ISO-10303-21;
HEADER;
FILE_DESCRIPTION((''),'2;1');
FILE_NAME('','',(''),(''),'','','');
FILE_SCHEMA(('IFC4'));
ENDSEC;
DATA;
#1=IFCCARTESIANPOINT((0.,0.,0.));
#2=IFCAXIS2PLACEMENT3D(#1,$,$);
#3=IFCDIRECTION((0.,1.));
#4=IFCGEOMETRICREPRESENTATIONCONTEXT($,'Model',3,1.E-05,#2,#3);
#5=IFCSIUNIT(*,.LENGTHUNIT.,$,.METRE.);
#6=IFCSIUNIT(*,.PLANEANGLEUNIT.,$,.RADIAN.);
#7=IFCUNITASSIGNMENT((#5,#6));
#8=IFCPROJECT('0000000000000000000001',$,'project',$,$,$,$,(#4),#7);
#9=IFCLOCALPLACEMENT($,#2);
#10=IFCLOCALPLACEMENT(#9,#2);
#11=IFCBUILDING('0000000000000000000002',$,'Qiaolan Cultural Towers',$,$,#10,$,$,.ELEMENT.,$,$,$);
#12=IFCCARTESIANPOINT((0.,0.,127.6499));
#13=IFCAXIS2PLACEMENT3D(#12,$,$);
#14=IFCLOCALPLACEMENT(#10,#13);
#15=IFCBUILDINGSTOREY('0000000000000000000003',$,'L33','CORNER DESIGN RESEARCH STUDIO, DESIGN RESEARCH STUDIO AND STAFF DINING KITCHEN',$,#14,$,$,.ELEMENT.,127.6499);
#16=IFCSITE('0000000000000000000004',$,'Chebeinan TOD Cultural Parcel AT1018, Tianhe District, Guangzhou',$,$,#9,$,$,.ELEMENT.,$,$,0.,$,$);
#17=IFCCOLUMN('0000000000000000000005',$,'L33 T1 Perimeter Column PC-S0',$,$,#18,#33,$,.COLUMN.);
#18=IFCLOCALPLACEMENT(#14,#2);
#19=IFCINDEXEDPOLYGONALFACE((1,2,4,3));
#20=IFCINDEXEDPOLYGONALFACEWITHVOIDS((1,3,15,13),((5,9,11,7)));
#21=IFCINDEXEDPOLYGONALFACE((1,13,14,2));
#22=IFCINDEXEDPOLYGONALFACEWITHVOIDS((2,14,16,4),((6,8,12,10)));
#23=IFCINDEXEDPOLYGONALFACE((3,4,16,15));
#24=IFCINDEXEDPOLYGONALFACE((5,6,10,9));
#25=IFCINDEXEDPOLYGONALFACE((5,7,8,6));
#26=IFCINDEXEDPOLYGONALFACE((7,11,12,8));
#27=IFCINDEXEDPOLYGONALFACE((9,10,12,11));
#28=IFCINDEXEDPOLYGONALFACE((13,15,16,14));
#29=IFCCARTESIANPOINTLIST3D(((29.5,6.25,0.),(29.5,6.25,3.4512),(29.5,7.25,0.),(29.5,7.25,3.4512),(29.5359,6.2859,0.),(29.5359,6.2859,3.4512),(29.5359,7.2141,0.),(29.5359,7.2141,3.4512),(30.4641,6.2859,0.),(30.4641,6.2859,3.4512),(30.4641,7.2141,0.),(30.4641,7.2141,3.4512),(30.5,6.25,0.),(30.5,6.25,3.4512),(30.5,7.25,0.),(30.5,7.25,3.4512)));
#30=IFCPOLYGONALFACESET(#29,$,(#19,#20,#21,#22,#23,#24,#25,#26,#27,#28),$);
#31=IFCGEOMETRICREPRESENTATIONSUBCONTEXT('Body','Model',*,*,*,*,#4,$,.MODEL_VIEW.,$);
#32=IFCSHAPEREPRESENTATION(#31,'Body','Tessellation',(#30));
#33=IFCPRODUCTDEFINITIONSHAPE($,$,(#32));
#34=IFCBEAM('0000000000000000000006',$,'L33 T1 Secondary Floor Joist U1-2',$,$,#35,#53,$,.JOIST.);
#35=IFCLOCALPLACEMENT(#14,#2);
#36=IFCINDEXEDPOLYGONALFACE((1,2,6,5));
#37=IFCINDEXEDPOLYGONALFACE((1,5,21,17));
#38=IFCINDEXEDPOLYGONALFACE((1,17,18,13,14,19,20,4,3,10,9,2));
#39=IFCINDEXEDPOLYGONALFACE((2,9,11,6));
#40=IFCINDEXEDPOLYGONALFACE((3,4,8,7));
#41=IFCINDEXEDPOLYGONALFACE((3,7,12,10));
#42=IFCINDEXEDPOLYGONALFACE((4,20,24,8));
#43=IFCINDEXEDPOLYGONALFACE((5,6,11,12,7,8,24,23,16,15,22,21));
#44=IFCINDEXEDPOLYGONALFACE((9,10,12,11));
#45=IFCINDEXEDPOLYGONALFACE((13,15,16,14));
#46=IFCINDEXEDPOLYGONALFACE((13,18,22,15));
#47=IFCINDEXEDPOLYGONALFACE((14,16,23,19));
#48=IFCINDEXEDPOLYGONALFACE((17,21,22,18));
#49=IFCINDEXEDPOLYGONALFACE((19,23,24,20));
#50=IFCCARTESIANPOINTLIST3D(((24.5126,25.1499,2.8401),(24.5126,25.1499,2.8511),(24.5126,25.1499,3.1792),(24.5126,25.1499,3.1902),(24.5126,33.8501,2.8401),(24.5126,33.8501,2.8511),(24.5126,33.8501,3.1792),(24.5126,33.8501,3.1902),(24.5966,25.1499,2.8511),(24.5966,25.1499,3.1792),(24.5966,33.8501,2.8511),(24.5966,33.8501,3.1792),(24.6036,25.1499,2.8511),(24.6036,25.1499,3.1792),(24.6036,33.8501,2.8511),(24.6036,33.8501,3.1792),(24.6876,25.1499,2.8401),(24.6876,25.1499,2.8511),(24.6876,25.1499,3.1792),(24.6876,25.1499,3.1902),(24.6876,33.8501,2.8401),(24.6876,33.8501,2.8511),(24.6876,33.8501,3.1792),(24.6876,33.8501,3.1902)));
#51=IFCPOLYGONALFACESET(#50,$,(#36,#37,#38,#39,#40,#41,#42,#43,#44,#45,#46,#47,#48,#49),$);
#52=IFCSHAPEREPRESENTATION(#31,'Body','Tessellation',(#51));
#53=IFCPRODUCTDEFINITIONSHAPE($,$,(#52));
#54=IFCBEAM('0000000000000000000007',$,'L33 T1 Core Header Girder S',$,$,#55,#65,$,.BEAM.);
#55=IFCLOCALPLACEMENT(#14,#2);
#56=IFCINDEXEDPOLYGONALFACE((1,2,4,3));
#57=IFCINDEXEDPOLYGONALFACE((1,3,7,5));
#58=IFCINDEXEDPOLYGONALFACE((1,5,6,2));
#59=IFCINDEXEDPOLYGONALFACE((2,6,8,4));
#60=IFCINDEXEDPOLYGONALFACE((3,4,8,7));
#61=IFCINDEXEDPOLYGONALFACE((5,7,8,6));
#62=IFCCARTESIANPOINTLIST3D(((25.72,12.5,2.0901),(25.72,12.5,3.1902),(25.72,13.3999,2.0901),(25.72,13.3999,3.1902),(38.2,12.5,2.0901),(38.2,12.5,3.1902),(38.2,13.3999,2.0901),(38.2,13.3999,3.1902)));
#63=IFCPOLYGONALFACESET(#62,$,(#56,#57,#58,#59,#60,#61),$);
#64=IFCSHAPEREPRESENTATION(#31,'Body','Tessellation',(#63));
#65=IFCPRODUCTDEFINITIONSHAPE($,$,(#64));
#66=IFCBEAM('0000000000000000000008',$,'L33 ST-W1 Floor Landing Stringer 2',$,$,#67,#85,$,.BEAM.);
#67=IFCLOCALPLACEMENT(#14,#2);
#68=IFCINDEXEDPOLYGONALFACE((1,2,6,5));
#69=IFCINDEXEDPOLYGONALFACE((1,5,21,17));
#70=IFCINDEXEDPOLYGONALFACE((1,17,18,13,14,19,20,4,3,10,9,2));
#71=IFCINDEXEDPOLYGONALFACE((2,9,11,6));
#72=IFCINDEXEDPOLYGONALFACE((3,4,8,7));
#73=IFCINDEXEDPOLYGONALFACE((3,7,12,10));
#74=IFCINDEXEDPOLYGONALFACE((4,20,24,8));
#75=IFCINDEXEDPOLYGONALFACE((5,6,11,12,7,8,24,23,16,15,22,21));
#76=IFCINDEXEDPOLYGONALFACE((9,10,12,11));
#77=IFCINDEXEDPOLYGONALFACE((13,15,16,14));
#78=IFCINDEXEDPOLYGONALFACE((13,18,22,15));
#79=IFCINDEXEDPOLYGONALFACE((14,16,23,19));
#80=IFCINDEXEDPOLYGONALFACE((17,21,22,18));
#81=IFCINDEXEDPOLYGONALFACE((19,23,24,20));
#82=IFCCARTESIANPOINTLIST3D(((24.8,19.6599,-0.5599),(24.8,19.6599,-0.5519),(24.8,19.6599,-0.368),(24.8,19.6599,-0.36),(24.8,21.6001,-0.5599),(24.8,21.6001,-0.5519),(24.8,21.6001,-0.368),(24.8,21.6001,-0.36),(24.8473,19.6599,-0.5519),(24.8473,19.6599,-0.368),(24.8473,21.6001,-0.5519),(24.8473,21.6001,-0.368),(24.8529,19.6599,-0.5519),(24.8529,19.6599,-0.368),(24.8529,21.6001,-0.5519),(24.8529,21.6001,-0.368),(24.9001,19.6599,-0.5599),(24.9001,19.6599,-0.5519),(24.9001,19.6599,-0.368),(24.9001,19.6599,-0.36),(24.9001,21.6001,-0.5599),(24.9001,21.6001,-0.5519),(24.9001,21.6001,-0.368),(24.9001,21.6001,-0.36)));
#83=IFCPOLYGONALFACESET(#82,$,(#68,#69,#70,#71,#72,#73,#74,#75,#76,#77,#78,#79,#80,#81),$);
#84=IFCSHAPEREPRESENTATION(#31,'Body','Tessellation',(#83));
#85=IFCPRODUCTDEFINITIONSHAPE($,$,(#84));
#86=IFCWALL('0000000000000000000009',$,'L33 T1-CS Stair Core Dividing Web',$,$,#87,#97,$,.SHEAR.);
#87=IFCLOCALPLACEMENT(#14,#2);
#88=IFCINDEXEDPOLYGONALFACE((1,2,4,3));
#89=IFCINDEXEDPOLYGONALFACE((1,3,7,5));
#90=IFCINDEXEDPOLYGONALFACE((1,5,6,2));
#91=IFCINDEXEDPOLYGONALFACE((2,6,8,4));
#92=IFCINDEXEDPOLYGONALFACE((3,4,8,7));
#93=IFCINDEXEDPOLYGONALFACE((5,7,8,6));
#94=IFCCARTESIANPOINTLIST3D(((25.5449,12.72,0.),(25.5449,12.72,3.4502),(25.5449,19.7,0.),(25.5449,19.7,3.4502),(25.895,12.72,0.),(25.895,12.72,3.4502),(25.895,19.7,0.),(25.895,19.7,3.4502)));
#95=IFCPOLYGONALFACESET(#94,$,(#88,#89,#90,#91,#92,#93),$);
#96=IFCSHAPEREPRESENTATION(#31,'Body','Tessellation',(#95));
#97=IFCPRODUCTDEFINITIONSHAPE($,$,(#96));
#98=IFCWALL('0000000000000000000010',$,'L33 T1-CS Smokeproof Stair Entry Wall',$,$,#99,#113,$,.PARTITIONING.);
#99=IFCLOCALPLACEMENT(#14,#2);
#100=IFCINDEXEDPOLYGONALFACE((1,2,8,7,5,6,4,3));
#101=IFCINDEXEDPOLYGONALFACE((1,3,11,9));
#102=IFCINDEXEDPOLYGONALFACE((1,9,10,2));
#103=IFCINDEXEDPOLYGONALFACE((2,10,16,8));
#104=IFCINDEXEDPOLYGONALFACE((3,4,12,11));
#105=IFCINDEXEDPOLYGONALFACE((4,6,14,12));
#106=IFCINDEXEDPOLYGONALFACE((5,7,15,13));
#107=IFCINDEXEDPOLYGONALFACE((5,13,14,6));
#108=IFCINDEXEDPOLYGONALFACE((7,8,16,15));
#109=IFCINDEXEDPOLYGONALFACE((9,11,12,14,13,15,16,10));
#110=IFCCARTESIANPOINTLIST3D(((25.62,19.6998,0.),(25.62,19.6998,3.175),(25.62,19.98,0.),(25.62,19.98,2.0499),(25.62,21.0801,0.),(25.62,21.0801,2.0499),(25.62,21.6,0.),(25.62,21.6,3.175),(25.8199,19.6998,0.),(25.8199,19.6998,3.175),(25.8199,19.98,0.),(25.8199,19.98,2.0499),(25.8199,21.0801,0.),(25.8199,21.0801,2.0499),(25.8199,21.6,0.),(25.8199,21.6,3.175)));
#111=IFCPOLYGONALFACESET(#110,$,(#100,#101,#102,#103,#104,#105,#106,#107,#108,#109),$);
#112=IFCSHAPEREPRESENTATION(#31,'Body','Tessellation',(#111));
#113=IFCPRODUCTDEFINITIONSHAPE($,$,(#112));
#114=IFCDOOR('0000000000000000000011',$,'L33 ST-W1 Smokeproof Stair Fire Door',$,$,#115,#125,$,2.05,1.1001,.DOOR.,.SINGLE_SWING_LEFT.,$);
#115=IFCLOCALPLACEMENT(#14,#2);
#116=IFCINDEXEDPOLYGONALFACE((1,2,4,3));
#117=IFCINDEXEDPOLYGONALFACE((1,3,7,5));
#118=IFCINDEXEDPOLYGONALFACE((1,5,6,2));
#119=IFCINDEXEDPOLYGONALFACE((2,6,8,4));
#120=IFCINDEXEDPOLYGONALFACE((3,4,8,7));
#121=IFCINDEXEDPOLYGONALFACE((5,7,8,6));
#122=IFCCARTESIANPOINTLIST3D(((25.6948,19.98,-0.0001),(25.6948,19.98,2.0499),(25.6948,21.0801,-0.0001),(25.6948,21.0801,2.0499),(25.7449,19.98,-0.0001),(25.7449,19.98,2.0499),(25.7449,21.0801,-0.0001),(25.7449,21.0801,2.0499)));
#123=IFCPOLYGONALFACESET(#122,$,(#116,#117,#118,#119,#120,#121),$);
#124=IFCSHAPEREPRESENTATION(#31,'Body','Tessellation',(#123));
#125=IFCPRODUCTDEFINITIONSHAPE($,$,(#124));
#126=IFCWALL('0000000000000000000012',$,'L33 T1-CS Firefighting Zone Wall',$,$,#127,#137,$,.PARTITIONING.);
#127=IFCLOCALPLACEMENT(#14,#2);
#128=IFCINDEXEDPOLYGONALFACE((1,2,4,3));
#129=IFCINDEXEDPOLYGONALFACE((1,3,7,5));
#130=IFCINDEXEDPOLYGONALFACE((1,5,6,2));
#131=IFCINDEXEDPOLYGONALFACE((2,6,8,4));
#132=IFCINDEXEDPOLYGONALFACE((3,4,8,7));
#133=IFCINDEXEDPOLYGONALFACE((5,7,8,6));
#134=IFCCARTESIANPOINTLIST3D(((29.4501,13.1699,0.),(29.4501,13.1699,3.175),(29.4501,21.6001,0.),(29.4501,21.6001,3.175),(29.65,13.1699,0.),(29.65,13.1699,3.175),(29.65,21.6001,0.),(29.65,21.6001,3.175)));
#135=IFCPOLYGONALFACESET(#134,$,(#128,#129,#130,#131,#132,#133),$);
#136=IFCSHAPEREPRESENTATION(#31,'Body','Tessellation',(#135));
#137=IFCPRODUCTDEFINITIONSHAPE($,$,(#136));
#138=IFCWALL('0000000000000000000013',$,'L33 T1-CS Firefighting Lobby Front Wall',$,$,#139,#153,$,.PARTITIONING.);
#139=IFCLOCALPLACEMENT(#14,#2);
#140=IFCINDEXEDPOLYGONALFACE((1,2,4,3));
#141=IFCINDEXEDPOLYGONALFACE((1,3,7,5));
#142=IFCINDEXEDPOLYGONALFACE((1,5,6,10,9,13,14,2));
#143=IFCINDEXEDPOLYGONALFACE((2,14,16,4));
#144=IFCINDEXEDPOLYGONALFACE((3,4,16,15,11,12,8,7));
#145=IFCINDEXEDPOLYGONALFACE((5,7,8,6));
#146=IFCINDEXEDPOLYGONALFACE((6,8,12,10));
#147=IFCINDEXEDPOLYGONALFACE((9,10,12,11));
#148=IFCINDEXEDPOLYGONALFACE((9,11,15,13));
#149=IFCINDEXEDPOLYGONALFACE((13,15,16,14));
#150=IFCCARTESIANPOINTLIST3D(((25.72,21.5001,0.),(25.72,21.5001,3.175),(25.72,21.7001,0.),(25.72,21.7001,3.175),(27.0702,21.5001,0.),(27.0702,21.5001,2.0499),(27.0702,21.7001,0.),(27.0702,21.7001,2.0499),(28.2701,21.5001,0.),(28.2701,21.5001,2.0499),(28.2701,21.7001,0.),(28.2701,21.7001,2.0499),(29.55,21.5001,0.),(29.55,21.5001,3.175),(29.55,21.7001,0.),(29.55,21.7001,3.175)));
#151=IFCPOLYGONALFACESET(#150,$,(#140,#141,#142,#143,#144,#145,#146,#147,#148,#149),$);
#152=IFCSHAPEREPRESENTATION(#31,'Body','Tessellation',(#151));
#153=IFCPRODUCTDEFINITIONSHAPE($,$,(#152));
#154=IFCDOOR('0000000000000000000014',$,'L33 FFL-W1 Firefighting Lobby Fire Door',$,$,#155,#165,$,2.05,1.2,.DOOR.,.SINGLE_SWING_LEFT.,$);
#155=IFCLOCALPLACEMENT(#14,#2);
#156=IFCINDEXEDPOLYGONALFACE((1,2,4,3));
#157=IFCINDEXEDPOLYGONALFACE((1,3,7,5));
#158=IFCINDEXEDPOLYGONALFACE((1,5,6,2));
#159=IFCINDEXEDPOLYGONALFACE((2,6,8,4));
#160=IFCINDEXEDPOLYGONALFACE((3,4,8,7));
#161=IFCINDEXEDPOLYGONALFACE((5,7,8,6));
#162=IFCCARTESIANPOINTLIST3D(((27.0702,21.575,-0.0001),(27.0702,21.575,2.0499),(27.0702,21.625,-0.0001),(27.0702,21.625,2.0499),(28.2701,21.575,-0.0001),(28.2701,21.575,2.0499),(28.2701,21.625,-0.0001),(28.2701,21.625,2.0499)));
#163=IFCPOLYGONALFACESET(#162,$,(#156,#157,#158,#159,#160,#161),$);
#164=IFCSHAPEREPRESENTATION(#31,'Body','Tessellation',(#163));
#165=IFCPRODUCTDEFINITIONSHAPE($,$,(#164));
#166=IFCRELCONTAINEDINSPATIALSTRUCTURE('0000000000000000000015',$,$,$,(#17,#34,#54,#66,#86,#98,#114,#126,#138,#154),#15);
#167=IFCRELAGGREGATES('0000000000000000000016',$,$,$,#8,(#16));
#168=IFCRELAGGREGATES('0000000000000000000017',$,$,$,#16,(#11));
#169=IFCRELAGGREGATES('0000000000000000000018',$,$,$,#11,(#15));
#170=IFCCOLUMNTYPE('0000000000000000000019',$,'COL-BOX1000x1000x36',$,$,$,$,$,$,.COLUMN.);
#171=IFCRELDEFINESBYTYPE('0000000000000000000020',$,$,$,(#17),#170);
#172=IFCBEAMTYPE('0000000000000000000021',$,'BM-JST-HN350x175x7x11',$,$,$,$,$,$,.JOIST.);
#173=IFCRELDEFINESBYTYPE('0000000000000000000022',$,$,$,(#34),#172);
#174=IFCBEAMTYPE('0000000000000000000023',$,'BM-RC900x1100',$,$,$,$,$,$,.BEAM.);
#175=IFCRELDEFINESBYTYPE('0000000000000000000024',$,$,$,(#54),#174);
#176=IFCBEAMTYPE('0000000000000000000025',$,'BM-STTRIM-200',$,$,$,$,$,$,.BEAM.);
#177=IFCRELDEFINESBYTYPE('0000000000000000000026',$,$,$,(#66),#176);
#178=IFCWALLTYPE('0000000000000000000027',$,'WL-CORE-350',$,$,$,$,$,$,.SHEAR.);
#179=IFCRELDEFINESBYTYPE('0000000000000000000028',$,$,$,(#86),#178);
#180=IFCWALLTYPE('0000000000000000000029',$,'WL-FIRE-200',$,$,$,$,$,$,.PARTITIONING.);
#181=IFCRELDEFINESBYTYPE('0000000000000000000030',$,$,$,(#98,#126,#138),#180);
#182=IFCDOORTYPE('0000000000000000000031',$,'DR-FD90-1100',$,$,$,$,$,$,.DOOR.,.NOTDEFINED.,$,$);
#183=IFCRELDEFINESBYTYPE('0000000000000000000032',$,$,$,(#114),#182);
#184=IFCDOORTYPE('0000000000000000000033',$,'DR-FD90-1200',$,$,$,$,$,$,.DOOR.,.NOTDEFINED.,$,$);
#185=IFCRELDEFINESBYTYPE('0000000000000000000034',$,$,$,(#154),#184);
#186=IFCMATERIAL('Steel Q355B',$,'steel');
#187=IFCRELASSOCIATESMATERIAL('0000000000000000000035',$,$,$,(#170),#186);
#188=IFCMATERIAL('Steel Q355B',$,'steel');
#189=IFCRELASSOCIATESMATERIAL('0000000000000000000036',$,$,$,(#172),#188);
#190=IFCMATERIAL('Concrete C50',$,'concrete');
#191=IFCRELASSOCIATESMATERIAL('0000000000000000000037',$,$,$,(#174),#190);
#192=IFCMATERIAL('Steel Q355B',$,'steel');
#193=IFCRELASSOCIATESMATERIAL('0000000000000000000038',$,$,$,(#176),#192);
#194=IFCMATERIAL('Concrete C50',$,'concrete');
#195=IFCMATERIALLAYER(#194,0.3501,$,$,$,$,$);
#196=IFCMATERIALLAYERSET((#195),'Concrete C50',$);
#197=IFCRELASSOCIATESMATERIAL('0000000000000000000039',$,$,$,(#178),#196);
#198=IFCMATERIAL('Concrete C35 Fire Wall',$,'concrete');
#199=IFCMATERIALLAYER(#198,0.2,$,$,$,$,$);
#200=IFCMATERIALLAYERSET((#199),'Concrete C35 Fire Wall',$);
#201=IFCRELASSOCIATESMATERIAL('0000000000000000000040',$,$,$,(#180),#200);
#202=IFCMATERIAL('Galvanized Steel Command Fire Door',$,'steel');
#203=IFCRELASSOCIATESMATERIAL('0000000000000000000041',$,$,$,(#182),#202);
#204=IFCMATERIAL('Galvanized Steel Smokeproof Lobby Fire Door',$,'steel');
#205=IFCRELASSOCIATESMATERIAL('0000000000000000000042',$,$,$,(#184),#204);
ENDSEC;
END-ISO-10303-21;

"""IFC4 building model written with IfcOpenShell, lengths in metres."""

from ifc_helpers import new_model, si_unit, direction, frame, frame_2d, origin, origin_2d, place, context, subcontext, project, spatial, rectangle, hollow_rectangle, i_section, extrude, material, layer, layer_set, material_profile, profile_set, type_object, element, fill, save


model = new_model("IFC4")

# Units and contexts
model_context = context("Model", 3, precision=1e-05, world=origin(), true_north=direction((0.0, 1.0)))
body_context = subcontext(model_context, "Body", "Model", "MODEL_VIEW")
ifc_project = project(units=[si_unit("LENGTHUNIT", "METRE"), si_unit("PLANEANGLEUNIT", "RADIAN")], contexts=[model_context])

# Site, building, storey
site_placement = place(None, origin())
site = spatial("IfcSite", under=ifc_project, at=site_placement, Name="Chebeinan TOD Cultural Parcel AT1018, Tianhe District, Guangzhou", CompositionType="ELEMENT", RefElevation=0.0)
building_placement = place(site_placement, origin())
building = spatial("IfcBuilding", under=site, at=building_placement, Name="Qiaolan Cultural Towers", CompositionType="ELEMENT")
storey_placement = place(building_placement, frame((0.0, 0.0, 127.6499)))
storey = spatial("IfcBuildingStorey", under=building, at=storey_placement, Name="L33", Description="CORNER DESIGN RESEARCH STUDIO, DESIGN RESEARCH STUDIO AND STAFF DINING KITCHEN", CompositionType="ELEMENT", Elevation=127.6499)

# Column
ifc_material_1 = material(Name="Steel Q355B", Category="steel")
ifc_material_profile_1 = material_profile(ifc_material_1, hollow_rectangle(XDim=1.0, YDim=1.0, WallThickness=0.0359, at=origin_2d()), Name="BOX1000x1000x36")
ifc_profile_set_1 = profile_set([ifc_material_profile_1], Name="Steel Q355B")
column_type = type_object("IfcColumnType", Name="COL-BOX1000x1000x36", PredefinedType="COLUMN", material=ifc_profile_set_1)
column_placement = place(storey_placement, frame((30.0, 6.75, 0.0), z_axis=(0.0, 0.0, 1.0), x_axis=(1.0, 0.0, 0.0)))
element("IfcColumn", 1, at=column_placement, inside=storey, type_object=column_type, Name="L33 T1 Perimeter Column PC-S0", PredefinedType="COLUMN", context=body_context, shape_type="SweptSolid", body=[
    extrude(hollow_rectangle(XDim=1.0, YDim=1.0, WallThickness=0.0359, at=origin_2d()), origin(), (0.0, 0.0, 1.0), 3.4512),
])

# Beams
ifc_material_2 = material(Name="Steel Q355B", Category="steel")
ifc_material_profile_2 = material_profile(ifc_material_2, i_section(OverallWidth=0.175, OverallDepth=0.3501, WebThickness=0.0071, FlangeThickness=0.011, at=origin_2d()), Name="HN350x175x7x11")
ifc_profile_set_2 = profile_set([ifc_material_profile_2], Name="Steel Q355B")
beam_type_1 = type_object("IfcBeamType", Name="BM-JST-HN350x175x7x11", PredefinedType="JOIST", material=ifc_profile_set_2)
beam_1_placement = place(storey_placement, frame((24.6001, 25.1499, 3.0151), z_axis=(0.0, 1.0, 0.0), x_axis=(-1.0, 0.0, 0.0)))
element("IfcBeam", 2, at=beam_1_placement, inside=storey, type_object=beam_type_1, Name="L33 T1 Secondary Floor Joist U1-2", PredefinedType="JOIST", context=body_context, shape_type="SweptSolid", body=[
    extrude(i_section(OverallWidth=0.175, OverallDepth=0.3501, WebThickness=0.0071, FlangeThickness=0.011, at=origin_2d()), origin(), (0.0, 0.0, 1.0), 8.7002),
])
ifc_material_3 = material(Name="Concrete C50", Category="concrete")
ifc_material_profile_3 = material_profile(ifc_material_3, rectangle(XDim=0.8999, YDim=1.1001, at=origin_2d()), Name="RC900x1100")
ifc_profile_set_3 = profile_set([ifc_material_profile_3], Name="Concrete C50")
beam_type_2 = type_object("IfcBeamType", Name="BM-RC900x1100", PredefinedType="BEAM", material=ifc_profile_set_3)
beam_2_placement = place(storey_placement, frame((25.72, 12.95, 2.6401), z_axis=(1.0, 0.0, 0.0), x_axis=(0.0, 1.0, 0.0)))
element("IfcBeam", 3, at=beam_2_placement, inside=storey, type_object=beam_type_2, Name="L33 T1 Core Header Girder S", PredefinedType="BEAM", context=body_context, shape_type="SweptSolid", body=[
    extrude(rectangle(XDim=0.8999, YDim=1.1001, at=origin_2d()), origin(), (0.0, 0.0, 1.0), 12.48),
])
ifc_material_4 = material(Name="Steel Q355B", Category="steel")
ifc_material_profile_4 = material_profile(ifc_material_4, i_section(OverallWidth=0.1001, OverallDepth=0.2, WebThickness=0.0056, FlangeThickness=0.0081, at=origin_2d()), Name="HN200x100x5.5x8")
ifc_profile_set_4 = profile_set([ifc_material_profile_4], Name="Steel Q355B")
beam_type_3 = type_object("IfcBeamType", Name="BM-STTRIM-200", PredefinedType="BEAM", material=ifc_profile_set_4)
beam_3_placement = place(storey_placement, frame((24.8501, 21.6001, -0.46), z_axis=(0.0, -1.0, 0.0), x_axis=(1.0, 0.0, 0.0)))
element("IfcBeam", 4, at=beam_3_placement, inside=storey, type_object=beam_type_3, Name="L33 ST-W1 Floor Landing Stringer 2", PredefinedType="BEAM", context=body_context, shape_type="SweptSolid", body=[
    extrude(i_section(OverallWidth=0.1001, OverallDepth=0.2, WebThickness=0.0056, FlangeThickness=0.0081, at=origin_2d()), origin(), (0.0, 0.0, 1.0), 1.9402),
])

# Wall
ifc_material_5 = material(Name="Concrete C50", Category="concrete")
ifc_layer_1 = layer(ifc_material_5, 0.3501)
ifc_layer_set_1 = layer_set([ifc_layer_1], Name="Concrete C50")
wall_type_1 = type_object("IfcWallType", Name="WL-CORE-350", PredefinedType="SHEAR", material=ifc_layer_set_1)
wall_1_placement = place(storey_placement, frame((25.72, 19.7, 0.0), z_axis=(0.0, 0.0, 1.0), x_axis=(0.0, -1.0, 0.0)))
element("IfcWall", 5, at=wall_1_placement, inside=storey, type_object=wall_type_1, Name="L33 T1-CS Stair Core Dividing Web", PredefinedType="SHEAR", context=body_context, shape_type="SweptSolid", body=[
    extrude(rectangle(XDim=6.98, YDim=0.3501, at=frame_2d((3.49, 0.0))), origin(), (0.0, 0.0, 1.0), 3.4502),
])

# Wall, opening, door
ifc_material_6 = material(Name="Concrete C35 Fire Wall", Category="concrete")
ifc_layer_2 = layer(ifc_material_6, 0.2)
ifc_layer_set_2 = layer_set([ifc_layer_2], Name="Concrete C35 Fire Wall")
wall_type_2 = type_object("IfcWallType", Name="WL-FIRE-200", PredefinedType="PARTITIONING", material=ifc_layer_set_2)
wall_2_placement = place(storey_placement, frame((25.72, 21.6001, 0.0), z_axis=(0.0, 0.0, 1.0), x_axis=(0.0, -1.0, 0.0)))
wall_2 = element("IfcWall", 6, at=wall_2_placement, inside=storey, type_object=wall_type_2, Name="L33 T1-CS Smokeproof Stair Entry Wall", PredefinedType="PARTITIONING", context=body_context, shape_type="SweptSolid", body=[
    extrude(rectangle(XDim=1.9001, YDim=0.2, at=frame_2d((0.9502, 0.0))), origin(), (0.0, 0.0, 1.0), 3.175),
])
opening_1_placement = place(wall_2_placement, frame((0.52, 0.0, 0.0)))
opening_1 = element("IfcOpeningElement", 7, at=opening_1_placement, cuts=wall_2, PredefinedType="OPENING", context=body_context, shape_type="SweptSolid", body=[
    extrude(rectangle(XDim=1.1001, YDim=2.05, at=frame_2d((0.55, 1.0249))), frame((0.0, 0.1099, 0.0), z_axis=(0.0, -1.0, 0.0), x_axis=(1.0, 0.0, 0.0)), (0.0, 0.0, 1.0), 0.22),
])
ifc_material_7 = material(Name="Galvanized Steel Command Fire Door", Category="steel")
door_type_1 = type_object("IfcDoorType", Name="DR-FD90-1100", OperationType="NOTDEFINED", PredefinedType="DOOR", material=ifc_material_7)
door_1_placement = place(opening_1_placement, origin())
door_1 = element("IfcDoor", 8, at=door_1_placement, inside=storey, type_object=door_type_1, Name="L33 ST-W1 Smokeproof Stair Fire Door", OperationType="SINGLE_SWING_LEFT", OverallHeight=2.05, OverallWidth=1.1001, PredefinedType="DOOR", context=body_context, shape_type="SweptSolid", body=[
    extrude(rectangle(XDim=1.1001, YDim=2.05, at=frame_2d((0.55, 1.0249))), frame((0.0, 0.0249, 0.0), z_axis=(0.0, -1.0, 0.0), x_axis=(1.0, 0.0, 0.0)), (0.0, 0.0, 1.0), 0.05),
])
fill(opening_1, door_1)

# Wall
wall_3_placement = place(storey_placement, frame((29.55, 21.6001, 0.0), z_axis=(0.0, 0.0, 1.0), x_axis=(0.0, -1.0, 0.0)))
element("IfcWall", 9, at=wall_3_placement, inside=storey, type_object=wall_type_2, Name="L33 T1-CS Firefighting Zone Wall", PredefinedType="PARTITIONING", context=body_context, shape_type="SweptSolid", body=[
    extrude(rectangle(XDim=8.4302, YDim=0.2, at=frame_2d((4.2151, 0.0))), origin(), (0.0, 0.0, 1.0), 3.175),
])

# Wall, opening, door
wall_4_placement = place(storey_placement, frame((25.72, 21.6001, 0.0), z_axis=(0.0, 0.0, 1.0), x_axis=(1.0, 0.0, 0.0)))
wall_4 = element("IfcWall", 10, at=wall_4_placement, inside=storey, type_object=wall_type_2, Name="L33 T1-CS Firefighting Lobby Front Wall", PredefinedType="PARTITIONING", context=body_context, shape_type="SweptSolid", body=[
    extrude(rectangle(XDim=3.8301, YDim=0.2, at=frame_2d((1.915, 0.0))), origin(), (0.0, 0.0, 1.0), 3.175),
])
opening_2_placement = place(wall_4_placement, frame((1.3501, 0.0, 0.0)))
opening_2 = element("IfcOpeningElement", 11, at=opening_2_placement, cuts=wall_4, PredefinedType="OPENING", context=body_context, shape_type="SweptSolid", body=[
    extrude(rectangle(XDim=1.2, YDim=2.05, at=frame_2d((0.6001, 1.0249))), frame((0.0, 0.1099, 0.0), z_axis=(0.0, -1.0, 0.0), x_axis=(1.0, 0.0, 0.0)), (0.0, 0.0, 1.0), 0.22),
])
ifc_material_8 = material(Name="Galvanized Steel Smokeproof Lobby Fire Door", Category="steel")
door_type_2 = type_object("IfcDoorType", Name="DR-FD90-1200", OperationType="NOTDEFINED", PredefinedType="DOOR", material=ifc_material_8)
door_2_placement = place(opening_2_placement, origin())
door_2 = element("IfcDoor", 12, at=door_2_placement, inside=storey, type_object=door_type_2, Name="L33 FFL-W1 Firefighting Lobby Fire Door", OperationType="SINGLE_SWING_LEFT", OverallHeight=2.05, OverallWidth=1.2, PredefinedType="DOOR", context=body_context, shape_type="SweptSolid", body=[
    extrude(rectangle(XDim=1.2, YDim=2.05, at=frame_2d((0.6001, 1.0249))), frame((0.0, 0.0249, 0.0), z_axis=(0.0, -1.0, 0.0), x_axis=(1.0, 0.0, 0.0)), (0.0, 0.0, 1.0), 0.05),
])
fill(opening_2, door_2)

save(model, "model.ifc")
